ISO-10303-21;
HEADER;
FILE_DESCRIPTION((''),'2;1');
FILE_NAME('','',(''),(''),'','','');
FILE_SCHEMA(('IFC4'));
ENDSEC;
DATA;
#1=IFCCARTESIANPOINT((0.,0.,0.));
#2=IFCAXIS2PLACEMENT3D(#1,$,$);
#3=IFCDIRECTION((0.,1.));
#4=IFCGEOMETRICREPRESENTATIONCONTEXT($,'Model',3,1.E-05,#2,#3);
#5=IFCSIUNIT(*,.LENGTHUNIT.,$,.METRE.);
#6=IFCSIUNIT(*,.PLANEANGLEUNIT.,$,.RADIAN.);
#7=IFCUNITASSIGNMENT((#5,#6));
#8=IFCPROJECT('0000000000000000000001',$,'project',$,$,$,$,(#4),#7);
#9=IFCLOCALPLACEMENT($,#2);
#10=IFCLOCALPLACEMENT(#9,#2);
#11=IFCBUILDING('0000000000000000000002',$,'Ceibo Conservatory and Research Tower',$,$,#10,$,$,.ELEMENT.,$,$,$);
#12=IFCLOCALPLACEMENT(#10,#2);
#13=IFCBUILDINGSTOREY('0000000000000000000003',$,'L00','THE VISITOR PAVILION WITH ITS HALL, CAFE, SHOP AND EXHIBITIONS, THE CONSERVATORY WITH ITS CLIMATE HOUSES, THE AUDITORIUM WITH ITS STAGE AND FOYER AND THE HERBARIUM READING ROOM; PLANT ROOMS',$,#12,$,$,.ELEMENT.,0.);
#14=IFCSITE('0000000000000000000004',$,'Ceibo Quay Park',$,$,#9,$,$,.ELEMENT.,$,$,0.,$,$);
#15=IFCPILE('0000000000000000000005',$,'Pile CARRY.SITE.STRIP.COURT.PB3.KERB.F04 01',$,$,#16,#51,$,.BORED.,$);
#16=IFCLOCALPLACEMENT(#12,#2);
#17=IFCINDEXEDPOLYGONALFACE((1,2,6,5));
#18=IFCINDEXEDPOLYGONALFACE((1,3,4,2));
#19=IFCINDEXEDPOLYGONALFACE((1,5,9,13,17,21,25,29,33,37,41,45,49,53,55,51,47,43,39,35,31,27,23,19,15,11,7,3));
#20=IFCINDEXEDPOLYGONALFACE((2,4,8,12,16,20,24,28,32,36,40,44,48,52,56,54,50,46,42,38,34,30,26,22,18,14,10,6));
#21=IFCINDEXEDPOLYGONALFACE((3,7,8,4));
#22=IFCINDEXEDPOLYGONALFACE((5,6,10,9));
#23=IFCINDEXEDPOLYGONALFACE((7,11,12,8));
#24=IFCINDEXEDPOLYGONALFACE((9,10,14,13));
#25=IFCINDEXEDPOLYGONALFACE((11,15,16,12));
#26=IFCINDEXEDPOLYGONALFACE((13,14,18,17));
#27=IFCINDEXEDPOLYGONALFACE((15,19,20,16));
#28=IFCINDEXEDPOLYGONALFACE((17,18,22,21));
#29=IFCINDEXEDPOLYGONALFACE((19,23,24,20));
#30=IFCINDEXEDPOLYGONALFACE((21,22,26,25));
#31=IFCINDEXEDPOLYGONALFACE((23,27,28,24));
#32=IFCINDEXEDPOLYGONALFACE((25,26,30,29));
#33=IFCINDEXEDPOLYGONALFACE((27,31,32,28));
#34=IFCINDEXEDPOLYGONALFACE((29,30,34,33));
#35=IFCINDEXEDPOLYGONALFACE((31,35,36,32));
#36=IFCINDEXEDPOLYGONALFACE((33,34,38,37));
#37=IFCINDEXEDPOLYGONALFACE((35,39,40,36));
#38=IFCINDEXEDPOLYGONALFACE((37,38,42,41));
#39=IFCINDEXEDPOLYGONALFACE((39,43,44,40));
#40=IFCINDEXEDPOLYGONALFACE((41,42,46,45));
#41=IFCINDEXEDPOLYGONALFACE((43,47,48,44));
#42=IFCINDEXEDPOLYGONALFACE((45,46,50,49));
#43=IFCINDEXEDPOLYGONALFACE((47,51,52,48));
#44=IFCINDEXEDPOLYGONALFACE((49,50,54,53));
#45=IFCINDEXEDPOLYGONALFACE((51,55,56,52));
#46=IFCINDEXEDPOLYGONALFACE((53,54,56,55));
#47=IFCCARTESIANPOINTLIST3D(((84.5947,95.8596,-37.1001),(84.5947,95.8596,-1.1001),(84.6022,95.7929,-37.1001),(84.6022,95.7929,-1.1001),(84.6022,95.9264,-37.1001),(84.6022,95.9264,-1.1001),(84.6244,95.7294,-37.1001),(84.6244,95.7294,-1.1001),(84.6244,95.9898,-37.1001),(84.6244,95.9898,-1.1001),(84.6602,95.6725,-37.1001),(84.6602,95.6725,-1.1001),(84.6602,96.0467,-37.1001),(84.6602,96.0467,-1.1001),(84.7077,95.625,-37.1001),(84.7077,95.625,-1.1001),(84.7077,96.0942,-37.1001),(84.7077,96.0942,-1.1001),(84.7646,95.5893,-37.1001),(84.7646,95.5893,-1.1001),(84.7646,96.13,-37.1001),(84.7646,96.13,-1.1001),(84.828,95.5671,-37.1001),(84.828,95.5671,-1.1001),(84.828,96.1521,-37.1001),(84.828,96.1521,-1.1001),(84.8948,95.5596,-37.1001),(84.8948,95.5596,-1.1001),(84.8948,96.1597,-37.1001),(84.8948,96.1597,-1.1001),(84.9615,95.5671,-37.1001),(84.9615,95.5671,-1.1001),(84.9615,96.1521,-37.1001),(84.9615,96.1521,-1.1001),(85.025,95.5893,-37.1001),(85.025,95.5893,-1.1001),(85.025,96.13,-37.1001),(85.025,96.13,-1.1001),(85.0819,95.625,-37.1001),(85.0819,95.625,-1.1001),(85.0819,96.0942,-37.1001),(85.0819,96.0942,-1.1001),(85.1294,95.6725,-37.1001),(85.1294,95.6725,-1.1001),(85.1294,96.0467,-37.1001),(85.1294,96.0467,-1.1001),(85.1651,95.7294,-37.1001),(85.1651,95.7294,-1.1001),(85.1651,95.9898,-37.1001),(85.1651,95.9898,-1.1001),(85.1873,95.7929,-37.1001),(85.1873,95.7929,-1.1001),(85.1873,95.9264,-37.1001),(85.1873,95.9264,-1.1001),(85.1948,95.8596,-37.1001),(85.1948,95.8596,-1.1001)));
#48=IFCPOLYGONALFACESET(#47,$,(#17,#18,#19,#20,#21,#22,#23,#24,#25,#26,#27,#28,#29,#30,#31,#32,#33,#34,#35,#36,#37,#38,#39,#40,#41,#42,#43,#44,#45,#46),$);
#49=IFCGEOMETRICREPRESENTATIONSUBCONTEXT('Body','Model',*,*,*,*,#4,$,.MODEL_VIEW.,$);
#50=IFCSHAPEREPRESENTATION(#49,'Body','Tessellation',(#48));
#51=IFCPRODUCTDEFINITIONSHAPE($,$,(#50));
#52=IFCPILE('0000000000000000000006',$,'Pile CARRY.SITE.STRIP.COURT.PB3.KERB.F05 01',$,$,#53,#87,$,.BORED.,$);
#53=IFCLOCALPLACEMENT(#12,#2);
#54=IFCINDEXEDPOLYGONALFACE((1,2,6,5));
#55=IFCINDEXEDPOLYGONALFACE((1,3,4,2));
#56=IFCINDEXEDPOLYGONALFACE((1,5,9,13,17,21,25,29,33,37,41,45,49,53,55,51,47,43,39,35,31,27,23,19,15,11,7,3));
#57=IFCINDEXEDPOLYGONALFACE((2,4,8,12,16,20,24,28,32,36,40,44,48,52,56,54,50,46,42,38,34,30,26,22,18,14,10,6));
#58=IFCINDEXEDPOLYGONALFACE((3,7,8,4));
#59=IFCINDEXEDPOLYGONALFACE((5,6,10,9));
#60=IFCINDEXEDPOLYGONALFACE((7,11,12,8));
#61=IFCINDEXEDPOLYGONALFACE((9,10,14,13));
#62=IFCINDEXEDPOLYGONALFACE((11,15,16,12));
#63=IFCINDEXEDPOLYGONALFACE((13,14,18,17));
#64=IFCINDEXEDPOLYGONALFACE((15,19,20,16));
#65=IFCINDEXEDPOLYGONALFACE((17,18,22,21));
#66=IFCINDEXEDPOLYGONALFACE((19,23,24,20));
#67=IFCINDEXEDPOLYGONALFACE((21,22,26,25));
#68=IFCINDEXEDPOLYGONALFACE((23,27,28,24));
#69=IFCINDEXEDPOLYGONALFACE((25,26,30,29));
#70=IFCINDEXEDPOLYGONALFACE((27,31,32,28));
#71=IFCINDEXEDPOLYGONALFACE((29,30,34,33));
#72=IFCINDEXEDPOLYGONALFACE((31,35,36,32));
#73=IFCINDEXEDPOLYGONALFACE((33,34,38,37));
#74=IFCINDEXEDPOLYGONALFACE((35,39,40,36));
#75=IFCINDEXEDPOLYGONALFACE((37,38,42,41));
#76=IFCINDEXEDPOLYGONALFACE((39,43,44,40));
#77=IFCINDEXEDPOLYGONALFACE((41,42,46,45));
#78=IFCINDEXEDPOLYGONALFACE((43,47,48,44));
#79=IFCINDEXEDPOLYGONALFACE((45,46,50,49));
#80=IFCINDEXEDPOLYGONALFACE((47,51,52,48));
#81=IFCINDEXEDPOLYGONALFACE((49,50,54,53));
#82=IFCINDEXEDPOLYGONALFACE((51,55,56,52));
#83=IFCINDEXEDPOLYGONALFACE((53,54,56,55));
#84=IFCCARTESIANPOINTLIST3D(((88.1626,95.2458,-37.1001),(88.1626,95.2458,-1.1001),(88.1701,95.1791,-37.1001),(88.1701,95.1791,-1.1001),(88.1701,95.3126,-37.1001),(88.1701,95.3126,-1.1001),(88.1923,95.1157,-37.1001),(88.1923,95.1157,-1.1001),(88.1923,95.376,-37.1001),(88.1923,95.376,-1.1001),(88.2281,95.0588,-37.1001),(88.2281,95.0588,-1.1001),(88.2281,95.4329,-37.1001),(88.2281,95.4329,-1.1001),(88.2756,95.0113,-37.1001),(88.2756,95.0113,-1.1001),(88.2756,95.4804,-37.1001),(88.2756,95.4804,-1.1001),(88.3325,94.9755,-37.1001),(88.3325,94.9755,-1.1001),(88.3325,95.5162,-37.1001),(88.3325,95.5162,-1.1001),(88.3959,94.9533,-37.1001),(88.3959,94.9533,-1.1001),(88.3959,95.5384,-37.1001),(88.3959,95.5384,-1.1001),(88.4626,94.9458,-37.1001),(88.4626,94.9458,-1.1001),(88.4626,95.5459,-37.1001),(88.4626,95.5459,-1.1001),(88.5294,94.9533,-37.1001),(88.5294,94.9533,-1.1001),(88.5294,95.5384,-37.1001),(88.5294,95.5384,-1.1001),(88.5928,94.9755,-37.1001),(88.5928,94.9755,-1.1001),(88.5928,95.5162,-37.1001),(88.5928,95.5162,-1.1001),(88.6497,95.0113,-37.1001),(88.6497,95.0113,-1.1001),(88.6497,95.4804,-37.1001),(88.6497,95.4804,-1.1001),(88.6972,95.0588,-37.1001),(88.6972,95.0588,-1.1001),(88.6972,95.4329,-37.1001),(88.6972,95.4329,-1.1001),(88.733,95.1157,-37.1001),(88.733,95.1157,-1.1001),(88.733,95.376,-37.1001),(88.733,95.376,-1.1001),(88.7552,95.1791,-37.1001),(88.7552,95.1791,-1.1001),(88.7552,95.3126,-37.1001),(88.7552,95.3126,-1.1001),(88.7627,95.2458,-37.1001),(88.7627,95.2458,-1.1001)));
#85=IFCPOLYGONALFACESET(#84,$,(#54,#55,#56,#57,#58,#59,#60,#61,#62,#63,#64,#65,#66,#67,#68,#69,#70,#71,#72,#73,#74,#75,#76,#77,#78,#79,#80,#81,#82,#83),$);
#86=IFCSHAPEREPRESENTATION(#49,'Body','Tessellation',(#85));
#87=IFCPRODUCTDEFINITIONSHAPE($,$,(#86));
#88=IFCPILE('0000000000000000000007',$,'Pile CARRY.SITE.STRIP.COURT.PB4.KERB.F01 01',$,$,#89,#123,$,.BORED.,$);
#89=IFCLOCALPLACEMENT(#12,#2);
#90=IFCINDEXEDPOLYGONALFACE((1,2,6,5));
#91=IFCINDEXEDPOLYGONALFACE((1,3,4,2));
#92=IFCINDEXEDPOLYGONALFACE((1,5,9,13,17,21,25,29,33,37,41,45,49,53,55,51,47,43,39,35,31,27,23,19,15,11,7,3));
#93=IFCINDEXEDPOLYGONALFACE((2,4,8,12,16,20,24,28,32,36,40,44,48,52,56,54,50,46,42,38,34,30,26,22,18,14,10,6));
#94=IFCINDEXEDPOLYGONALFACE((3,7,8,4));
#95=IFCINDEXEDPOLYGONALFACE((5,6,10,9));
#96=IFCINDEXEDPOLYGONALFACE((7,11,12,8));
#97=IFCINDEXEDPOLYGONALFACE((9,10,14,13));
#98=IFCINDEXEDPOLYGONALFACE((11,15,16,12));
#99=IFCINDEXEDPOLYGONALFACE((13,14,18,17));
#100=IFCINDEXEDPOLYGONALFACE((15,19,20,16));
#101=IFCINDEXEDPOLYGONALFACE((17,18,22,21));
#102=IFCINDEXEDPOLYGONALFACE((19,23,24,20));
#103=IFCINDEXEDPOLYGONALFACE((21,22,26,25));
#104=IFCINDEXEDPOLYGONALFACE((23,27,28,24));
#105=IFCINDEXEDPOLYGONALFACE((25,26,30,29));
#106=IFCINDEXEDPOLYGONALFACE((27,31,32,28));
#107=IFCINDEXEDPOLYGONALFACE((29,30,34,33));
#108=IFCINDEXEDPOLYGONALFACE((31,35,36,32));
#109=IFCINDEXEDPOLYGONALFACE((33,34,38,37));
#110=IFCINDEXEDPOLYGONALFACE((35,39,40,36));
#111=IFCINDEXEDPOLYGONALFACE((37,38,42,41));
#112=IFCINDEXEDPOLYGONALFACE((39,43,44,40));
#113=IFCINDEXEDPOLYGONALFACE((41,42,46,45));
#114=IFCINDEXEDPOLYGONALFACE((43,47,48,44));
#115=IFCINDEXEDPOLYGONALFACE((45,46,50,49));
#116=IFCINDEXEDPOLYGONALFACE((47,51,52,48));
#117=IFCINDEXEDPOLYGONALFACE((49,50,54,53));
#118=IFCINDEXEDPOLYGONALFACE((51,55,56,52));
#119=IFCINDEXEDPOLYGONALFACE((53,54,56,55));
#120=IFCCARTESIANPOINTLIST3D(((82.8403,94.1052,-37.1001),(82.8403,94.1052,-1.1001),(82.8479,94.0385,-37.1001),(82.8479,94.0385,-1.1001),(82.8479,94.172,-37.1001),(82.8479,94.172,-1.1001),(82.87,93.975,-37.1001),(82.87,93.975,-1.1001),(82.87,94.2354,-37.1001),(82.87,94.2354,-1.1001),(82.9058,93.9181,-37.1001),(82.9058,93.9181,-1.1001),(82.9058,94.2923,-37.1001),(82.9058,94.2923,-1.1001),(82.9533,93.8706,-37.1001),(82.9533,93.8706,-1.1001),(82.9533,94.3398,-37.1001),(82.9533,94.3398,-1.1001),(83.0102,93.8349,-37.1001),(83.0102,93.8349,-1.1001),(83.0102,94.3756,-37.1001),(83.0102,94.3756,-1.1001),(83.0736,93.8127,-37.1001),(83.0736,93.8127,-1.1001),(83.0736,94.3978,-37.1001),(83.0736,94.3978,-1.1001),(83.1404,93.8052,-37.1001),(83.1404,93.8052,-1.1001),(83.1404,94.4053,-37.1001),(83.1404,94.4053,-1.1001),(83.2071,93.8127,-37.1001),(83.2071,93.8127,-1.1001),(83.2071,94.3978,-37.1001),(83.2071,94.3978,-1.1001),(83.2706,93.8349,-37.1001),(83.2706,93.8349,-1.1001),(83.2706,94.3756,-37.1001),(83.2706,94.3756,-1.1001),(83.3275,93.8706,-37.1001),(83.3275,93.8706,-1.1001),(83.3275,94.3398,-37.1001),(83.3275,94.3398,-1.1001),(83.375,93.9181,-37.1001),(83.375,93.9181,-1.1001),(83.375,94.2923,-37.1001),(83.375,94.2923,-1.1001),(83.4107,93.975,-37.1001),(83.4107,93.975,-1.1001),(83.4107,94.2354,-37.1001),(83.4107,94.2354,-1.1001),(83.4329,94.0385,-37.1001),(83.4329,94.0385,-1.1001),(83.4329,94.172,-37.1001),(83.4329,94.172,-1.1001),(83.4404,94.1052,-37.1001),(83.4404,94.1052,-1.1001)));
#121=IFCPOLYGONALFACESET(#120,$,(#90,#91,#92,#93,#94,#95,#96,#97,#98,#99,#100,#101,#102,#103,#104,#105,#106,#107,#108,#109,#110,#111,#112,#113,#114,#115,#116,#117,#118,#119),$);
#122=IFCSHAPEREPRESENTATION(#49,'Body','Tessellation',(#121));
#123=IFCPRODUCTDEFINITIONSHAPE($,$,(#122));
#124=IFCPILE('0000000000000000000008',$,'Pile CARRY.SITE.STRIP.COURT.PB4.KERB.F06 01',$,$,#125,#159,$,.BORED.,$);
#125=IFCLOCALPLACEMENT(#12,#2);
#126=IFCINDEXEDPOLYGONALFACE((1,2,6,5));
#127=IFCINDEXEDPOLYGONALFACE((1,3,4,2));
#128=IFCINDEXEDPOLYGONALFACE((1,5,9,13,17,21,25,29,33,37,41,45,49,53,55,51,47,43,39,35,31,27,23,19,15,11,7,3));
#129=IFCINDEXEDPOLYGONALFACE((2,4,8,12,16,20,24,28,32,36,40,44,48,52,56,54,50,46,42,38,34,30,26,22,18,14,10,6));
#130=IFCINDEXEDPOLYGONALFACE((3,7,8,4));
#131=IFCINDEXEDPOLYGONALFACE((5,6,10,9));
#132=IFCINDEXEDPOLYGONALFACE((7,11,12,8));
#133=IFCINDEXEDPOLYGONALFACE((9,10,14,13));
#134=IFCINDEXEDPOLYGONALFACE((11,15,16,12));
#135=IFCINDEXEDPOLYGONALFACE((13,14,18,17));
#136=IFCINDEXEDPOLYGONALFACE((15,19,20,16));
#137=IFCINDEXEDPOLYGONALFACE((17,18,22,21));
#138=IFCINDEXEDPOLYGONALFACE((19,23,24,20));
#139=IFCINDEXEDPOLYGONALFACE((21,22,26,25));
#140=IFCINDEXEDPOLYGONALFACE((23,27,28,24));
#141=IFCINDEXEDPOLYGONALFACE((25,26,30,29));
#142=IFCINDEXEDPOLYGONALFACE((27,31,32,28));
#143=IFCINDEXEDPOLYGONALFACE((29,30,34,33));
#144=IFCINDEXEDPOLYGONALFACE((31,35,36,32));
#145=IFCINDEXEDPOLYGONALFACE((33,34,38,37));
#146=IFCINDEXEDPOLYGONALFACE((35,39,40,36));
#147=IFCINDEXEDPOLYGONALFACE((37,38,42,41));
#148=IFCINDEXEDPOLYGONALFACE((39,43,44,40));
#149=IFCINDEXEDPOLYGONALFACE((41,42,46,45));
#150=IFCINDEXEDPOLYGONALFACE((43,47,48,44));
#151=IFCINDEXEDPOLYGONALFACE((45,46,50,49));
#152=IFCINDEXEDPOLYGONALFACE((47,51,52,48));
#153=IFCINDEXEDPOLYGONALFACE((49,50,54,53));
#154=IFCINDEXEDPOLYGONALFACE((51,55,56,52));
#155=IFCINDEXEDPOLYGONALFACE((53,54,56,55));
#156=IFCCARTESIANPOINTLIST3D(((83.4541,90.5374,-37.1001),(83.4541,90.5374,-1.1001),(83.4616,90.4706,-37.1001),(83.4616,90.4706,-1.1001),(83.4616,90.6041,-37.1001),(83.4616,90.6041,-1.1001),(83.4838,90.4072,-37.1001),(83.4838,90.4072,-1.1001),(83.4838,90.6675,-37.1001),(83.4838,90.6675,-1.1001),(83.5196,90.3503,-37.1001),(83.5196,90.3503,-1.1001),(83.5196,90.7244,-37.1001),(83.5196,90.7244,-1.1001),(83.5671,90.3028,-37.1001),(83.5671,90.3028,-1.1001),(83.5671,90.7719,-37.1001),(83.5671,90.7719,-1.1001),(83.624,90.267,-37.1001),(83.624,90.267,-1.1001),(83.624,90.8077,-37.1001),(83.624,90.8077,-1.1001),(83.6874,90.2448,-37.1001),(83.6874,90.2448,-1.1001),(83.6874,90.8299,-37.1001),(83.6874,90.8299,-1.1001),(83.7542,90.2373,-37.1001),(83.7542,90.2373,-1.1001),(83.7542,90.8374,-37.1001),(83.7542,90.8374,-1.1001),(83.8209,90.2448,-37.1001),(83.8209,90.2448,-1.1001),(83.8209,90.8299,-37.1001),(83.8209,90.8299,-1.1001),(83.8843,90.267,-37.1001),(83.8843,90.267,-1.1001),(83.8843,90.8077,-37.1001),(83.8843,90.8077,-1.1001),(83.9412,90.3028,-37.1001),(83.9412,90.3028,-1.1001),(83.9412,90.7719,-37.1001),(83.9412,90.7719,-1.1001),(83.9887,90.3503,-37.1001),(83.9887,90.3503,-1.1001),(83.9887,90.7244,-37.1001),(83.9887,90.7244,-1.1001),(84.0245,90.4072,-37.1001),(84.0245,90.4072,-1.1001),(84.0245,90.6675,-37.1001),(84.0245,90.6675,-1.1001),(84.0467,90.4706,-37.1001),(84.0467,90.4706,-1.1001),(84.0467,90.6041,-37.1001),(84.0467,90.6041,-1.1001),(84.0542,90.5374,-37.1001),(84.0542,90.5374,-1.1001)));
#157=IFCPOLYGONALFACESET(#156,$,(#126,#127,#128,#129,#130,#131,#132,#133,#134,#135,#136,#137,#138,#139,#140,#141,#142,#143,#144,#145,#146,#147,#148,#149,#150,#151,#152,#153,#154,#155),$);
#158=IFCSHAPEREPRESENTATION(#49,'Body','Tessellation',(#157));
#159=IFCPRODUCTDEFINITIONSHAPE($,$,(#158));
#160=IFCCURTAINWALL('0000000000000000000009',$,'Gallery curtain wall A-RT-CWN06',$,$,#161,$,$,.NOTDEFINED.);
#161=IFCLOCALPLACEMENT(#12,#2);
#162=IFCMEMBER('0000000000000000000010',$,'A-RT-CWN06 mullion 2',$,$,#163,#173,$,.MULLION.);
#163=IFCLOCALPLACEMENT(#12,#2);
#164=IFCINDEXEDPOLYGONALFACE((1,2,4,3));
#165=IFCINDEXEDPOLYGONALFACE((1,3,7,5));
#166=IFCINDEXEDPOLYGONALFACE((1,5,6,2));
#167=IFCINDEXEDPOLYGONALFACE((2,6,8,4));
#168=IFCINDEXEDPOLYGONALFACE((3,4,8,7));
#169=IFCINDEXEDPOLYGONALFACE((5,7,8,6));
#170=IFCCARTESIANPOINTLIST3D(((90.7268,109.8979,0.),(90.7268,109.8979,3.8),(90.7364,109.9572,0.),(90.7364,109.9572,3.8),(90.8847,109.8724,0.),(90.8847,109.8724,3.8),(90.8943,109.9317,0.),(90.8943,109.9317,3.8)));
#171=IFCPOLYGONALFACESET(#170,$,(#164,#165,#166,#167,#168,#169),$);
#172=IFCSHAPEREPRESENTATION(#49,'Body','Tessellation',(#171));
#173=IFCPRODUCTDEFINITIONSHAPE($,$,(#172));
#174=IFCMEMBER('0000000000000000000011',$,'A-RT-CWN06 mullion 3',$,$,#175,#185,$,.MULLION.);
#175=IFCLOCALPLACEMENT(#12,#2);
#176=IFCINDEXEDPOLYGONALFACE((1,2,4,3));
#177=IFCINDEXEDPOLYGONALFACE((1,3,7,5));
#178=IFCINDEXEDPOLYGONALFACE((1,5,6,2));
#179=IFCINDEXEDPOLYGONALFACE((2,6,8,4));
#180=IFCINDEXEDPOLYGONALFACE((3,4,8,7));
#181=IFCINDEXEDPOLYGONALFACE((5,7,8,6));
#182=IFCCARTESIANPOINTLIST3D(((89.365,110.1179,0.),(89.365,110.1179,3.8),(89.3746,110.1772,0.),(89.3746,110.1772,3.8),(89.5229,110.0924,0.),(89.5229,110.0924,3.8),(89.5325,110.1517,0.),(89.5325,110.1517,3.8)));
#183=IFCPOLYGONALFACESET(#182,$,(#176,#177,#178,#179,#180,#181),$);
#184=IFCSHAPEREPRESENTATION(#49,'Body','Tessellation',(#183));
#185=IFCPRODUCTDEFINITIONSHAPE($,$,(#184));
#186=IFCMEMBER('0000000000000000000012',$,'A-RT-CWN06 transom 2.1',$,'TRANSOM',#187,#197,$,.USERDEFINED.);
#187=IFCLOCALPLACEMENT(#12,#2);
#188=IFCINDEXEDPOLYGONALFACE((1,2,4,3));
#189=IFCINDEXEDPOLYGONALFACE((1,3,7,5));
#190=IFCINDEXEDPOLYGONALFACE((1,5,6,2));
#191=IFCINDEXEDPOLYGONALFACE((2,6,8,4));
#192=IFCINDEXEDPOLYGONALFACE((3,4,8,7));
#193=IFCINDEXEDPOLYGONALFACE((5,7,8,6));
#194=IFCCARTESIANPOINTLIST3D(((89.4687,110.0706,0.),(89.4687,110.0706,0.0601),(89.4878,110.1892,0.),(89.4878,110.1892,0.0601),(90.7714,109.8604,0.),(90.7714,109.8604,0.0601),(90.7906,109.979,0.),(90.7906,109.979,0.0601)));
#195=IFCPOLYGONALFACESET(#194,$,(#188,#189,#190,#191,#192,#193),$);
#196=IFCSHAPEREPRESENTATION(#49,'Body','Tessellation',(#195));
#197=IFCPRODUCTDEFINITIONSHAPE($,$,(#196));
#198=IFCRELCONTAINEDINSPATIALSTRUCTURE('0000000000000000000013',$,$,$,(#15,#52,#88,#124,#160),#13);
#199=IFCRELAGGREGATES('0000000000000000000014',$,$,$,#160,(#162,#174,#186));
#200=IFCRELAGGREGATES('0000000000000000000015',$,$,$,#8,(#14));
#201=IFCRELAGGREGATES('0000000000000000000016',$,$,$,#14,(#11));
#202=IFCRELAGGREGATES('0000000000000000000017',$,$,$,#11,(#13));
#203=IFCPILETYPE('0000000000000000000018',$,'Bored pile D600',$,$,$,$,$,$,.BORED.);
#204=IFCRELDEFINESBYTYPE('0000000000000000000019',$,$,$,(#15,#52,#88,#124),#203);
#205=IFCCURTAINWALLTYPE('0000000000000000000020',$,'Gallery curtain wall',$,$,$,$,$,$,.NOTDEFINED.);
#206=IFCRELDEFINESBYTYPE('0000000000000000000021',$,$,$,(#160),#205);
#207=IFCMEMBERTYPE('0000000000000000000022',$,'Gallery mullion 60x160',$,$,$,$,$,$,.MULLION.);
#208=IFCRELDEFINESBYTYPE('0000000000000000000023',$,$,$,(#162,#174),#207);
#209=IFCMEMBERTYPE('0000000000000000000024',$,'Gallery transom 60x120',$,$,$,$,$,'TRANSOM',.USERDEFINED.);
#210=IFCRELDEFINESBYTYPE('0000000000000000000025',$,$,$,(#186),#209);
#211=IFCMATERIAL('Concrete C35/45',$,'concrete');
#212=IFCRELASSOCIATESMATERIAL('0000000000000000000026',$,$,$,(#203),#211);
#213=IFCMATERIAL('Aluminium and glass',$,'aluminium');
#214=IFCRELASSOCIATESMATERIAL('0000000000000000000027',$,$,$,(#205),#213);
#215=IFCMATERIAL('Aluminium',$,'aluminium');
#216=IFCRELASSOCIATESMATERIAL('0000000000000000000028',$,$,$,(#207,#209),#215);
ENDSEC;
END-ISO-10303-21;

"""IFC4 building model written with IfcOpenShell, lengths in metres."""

from ifc_helpers import new_model, si_unit, direction, frame, origin, origin_2d, place, context, subcontext, project, spatial, rectangle, circle, extrude, material, material_profile, profile_set, type_object, element, aggregate, save


model = new_model("IFC4")

# Units and contexts
model_context = context("Model", 3, precision=1e-05, world=origin(), true_north=direction((0.0, 1.0)))
body_context = subcontext(model_context, "Body", "Model", "MODEL_VIEW")
ifc_project = project(units=[si_unit("LENGTHUNIT", "METRE"), si_unit("PLANEANGLEUNIT", "RADIAN")], contexts=[model_context])

# Site, building, storey
site_placement = place(None, origin())
site = spatial("IfcSite", under=ifc_project, at=site_placement, Name="Ceibo Quay Park", CompositionType="ELEMENT", RefElevation=0.0)
building_placement = place(site_placement, origin())
building = spatial("IfcBuilding", under=site, at=building_placement, Name="Ceibo Conservatory and Research Tower", CompositionType="ELEMENT")
storey_placement = place(building_placement, origin())
storey = spatial("IfcBuildingStorey", under=building, at=storey_placement, Name="L00", Description="THE VISITOR PAVILION WITH ITS HALL, CAFE, SHOP AND EXHIBITIONS, THE CONSERVATORY WITH ITS CLIMATE HOUSES, THE AUDITORIUM WITH ITS STAGE AND FOYER AND THE HERBARIUM READING ROOM; PLANT ROOMS", CompositionType="ELEMENT", Elevation=0.0)

# Piles
ifc_material_1 = material(Name="Concrete C35/45", Category="concrete")
ifc_material_profile_1 = material_profile(ifc_material_1, circle(Radius=0.3, at=origin_2d()), Name="RC D600")
ifc_profile_set_1 = profile_set([ifc_material_profile_1], Name="Concrete C35/45")
pile_type = type_object("IfcPileType", Name="Bored pile D600", PredefinedType="BORED", material=ifc_profile_set_1)
for number, where, z_axis, x_axis, name in (
    (1, (84.8948, 95.8596, -1.1001), (0.0, 0.0, -1.0), (1.0, 0.0, 0.0), "Pile CARRY.SITE.STRIP.COURT.PB3.KERB.F04 01"),
    (2, (88.4626, 95.2458, -1.1001), (0.0, 0.0, -1.0), (1.0, 0.0, 0.0), "Pile CARRY.SITE.STRIP.COURT.PB3.KERB.F05 01"),
    (3, (83.1404, 94.1052, -1.1001), (0.0, 0.0, -1.0), (1.0, 0.0, 0.0), "Pile CARRY.SITE.STRIP.COURT.PB4.KERB.F01 01"),
    (4, (83.7542, 90.5374, -1.1001), (0.0, 0.0, -1.0), (1.0, 0.0, 0.0), "Pile CARRY.SITE.STRIP.COURT.PB4.KERB.F06 01"),
):
    element("IfcPile", number, at=place(storey_placement, frame(where, z_axis=z_axis, x_axis=x_axis)), inside=storey, type_object=pile_type, Name=name, PredefinedType="BORED", context=body_context, shape_type="SweptSolid", body=[
        extrude(circle(Radius=0.3, at=origin_2d()), origin(), (0.0, 0.0, 1.0), 36.0),
    ])

# Curtain wall, members
ifc_material_2 = material(Name="Aluminium and glass", Category="aluminium")
curtain_wall_type = type_object("IfcCurtainWallType", Name="Gallery curtain wall", PredefinedType="NOTDEFINED", material=ifc_material_2)
curtain_wall_placement = place(storey_placement, origin())
curtain_wall = element("IfcCurtainWall", 5, at=curtain_wall_placement, inside=storey, type_object=curtain_wall_type, Name="Gallery curtain wall A-RT-CWN06", PredefinedType="NOTDEFINED")
ifc_material_3 = material(Name="Aluminium", Category="aluminium")
ifc_material_profile_2 = material_profile(ifc_material_3, rectangle(XDim=0.0601, YDim=0.1599, at=origin_2d()), Name="AL 60x160")
ifc_profile_set_2 = profile_set([ifc_material_profile_2], Name="Aluminium")
member_type_1 = type_object("IfcMemberType", Name="Gallery mullion 60x160", PredefinedType="MULLION", material=ifc_profile_set_2)
member_1_placement = place(storey_placement, frame((90.8105, 109.9148, 0.0), z_axis=(0.0, 0.0, 1.0), x_axis=(-0.159391, -0.987216, 0.0)))
member_1 = element("IfcMember", 6, at=member_1_placement, type_object=member_type_1, Name="A-RT-CWN06 mullion 2", PredefinedType="MULLION", context=body_context, shape_type="SweptSolid", body=[
    extrude(rectangle(XDim=0.0601, YDim=0.1599, at=origin_2d()), origin(), (0.0, 0.0, 1.0), 3.8),
])
member_2_placement = place(storey_placement, frame((89.4487, 110.1348, 0.0), z_axis=(0.0, 0.0, 1.0), x_axis=(-0.159391, -0.987216, 0.0)))
member_2 = element("IfcMember", 7, at=member_2_placement, type_object=member_type_1, Name="A-RT-CWN06 mullion 3", PredefinedType="MULLION", context=body_context, shape_type="SweptSolid", body=[
    extrude(rectangle(XDim=0.0601, YDim=0.1599, at=origin_2d()), origin(), (0.0, 0.0, 1.0), 3.8),
])
ifc_material_profile_3 = material_profile(ifc_material_3, rectangle(XDim=0.1201, YDim=0.0601, at=origin_2d()), Name="AL 60x120")
ifc_profile_set_3 = profile_set([ifc_material_profile_3], Name="Aluminium")
member_type_2 = type_object("IfcMemberType", Name="Gallery transom 60x120", ElementType="TRANSOM", PredefinedType="USERDEFINED", material=ifc_profile_set_3)
member_3_placement = place(storey_placement, frame((90.781, 109.9197, 0.03), z_axis=(-0.987231, 0.159296, 0.0), x_axis=(-0.159296, -0.987231, 0.0)))
member_3 = element("IfcMember", 8, at=member_3_placement, type_object=member_type_2, Name="A-RT-CWN06 transom 2.1", ObjectType="TRANSOM", PredefinedType="USERDEFINED", context=body_context, shape_type="SweptSolid", body=[
    extrude(rectangle(XDim=0.1201, YDim=0.0601, at=origin_2d()), origin(), (0.0, 0.0, 1.0), 1.3196),
])
aggregate(curtain_wall, [member_1, member_2, member_3])

save(model, "model.ifc")
